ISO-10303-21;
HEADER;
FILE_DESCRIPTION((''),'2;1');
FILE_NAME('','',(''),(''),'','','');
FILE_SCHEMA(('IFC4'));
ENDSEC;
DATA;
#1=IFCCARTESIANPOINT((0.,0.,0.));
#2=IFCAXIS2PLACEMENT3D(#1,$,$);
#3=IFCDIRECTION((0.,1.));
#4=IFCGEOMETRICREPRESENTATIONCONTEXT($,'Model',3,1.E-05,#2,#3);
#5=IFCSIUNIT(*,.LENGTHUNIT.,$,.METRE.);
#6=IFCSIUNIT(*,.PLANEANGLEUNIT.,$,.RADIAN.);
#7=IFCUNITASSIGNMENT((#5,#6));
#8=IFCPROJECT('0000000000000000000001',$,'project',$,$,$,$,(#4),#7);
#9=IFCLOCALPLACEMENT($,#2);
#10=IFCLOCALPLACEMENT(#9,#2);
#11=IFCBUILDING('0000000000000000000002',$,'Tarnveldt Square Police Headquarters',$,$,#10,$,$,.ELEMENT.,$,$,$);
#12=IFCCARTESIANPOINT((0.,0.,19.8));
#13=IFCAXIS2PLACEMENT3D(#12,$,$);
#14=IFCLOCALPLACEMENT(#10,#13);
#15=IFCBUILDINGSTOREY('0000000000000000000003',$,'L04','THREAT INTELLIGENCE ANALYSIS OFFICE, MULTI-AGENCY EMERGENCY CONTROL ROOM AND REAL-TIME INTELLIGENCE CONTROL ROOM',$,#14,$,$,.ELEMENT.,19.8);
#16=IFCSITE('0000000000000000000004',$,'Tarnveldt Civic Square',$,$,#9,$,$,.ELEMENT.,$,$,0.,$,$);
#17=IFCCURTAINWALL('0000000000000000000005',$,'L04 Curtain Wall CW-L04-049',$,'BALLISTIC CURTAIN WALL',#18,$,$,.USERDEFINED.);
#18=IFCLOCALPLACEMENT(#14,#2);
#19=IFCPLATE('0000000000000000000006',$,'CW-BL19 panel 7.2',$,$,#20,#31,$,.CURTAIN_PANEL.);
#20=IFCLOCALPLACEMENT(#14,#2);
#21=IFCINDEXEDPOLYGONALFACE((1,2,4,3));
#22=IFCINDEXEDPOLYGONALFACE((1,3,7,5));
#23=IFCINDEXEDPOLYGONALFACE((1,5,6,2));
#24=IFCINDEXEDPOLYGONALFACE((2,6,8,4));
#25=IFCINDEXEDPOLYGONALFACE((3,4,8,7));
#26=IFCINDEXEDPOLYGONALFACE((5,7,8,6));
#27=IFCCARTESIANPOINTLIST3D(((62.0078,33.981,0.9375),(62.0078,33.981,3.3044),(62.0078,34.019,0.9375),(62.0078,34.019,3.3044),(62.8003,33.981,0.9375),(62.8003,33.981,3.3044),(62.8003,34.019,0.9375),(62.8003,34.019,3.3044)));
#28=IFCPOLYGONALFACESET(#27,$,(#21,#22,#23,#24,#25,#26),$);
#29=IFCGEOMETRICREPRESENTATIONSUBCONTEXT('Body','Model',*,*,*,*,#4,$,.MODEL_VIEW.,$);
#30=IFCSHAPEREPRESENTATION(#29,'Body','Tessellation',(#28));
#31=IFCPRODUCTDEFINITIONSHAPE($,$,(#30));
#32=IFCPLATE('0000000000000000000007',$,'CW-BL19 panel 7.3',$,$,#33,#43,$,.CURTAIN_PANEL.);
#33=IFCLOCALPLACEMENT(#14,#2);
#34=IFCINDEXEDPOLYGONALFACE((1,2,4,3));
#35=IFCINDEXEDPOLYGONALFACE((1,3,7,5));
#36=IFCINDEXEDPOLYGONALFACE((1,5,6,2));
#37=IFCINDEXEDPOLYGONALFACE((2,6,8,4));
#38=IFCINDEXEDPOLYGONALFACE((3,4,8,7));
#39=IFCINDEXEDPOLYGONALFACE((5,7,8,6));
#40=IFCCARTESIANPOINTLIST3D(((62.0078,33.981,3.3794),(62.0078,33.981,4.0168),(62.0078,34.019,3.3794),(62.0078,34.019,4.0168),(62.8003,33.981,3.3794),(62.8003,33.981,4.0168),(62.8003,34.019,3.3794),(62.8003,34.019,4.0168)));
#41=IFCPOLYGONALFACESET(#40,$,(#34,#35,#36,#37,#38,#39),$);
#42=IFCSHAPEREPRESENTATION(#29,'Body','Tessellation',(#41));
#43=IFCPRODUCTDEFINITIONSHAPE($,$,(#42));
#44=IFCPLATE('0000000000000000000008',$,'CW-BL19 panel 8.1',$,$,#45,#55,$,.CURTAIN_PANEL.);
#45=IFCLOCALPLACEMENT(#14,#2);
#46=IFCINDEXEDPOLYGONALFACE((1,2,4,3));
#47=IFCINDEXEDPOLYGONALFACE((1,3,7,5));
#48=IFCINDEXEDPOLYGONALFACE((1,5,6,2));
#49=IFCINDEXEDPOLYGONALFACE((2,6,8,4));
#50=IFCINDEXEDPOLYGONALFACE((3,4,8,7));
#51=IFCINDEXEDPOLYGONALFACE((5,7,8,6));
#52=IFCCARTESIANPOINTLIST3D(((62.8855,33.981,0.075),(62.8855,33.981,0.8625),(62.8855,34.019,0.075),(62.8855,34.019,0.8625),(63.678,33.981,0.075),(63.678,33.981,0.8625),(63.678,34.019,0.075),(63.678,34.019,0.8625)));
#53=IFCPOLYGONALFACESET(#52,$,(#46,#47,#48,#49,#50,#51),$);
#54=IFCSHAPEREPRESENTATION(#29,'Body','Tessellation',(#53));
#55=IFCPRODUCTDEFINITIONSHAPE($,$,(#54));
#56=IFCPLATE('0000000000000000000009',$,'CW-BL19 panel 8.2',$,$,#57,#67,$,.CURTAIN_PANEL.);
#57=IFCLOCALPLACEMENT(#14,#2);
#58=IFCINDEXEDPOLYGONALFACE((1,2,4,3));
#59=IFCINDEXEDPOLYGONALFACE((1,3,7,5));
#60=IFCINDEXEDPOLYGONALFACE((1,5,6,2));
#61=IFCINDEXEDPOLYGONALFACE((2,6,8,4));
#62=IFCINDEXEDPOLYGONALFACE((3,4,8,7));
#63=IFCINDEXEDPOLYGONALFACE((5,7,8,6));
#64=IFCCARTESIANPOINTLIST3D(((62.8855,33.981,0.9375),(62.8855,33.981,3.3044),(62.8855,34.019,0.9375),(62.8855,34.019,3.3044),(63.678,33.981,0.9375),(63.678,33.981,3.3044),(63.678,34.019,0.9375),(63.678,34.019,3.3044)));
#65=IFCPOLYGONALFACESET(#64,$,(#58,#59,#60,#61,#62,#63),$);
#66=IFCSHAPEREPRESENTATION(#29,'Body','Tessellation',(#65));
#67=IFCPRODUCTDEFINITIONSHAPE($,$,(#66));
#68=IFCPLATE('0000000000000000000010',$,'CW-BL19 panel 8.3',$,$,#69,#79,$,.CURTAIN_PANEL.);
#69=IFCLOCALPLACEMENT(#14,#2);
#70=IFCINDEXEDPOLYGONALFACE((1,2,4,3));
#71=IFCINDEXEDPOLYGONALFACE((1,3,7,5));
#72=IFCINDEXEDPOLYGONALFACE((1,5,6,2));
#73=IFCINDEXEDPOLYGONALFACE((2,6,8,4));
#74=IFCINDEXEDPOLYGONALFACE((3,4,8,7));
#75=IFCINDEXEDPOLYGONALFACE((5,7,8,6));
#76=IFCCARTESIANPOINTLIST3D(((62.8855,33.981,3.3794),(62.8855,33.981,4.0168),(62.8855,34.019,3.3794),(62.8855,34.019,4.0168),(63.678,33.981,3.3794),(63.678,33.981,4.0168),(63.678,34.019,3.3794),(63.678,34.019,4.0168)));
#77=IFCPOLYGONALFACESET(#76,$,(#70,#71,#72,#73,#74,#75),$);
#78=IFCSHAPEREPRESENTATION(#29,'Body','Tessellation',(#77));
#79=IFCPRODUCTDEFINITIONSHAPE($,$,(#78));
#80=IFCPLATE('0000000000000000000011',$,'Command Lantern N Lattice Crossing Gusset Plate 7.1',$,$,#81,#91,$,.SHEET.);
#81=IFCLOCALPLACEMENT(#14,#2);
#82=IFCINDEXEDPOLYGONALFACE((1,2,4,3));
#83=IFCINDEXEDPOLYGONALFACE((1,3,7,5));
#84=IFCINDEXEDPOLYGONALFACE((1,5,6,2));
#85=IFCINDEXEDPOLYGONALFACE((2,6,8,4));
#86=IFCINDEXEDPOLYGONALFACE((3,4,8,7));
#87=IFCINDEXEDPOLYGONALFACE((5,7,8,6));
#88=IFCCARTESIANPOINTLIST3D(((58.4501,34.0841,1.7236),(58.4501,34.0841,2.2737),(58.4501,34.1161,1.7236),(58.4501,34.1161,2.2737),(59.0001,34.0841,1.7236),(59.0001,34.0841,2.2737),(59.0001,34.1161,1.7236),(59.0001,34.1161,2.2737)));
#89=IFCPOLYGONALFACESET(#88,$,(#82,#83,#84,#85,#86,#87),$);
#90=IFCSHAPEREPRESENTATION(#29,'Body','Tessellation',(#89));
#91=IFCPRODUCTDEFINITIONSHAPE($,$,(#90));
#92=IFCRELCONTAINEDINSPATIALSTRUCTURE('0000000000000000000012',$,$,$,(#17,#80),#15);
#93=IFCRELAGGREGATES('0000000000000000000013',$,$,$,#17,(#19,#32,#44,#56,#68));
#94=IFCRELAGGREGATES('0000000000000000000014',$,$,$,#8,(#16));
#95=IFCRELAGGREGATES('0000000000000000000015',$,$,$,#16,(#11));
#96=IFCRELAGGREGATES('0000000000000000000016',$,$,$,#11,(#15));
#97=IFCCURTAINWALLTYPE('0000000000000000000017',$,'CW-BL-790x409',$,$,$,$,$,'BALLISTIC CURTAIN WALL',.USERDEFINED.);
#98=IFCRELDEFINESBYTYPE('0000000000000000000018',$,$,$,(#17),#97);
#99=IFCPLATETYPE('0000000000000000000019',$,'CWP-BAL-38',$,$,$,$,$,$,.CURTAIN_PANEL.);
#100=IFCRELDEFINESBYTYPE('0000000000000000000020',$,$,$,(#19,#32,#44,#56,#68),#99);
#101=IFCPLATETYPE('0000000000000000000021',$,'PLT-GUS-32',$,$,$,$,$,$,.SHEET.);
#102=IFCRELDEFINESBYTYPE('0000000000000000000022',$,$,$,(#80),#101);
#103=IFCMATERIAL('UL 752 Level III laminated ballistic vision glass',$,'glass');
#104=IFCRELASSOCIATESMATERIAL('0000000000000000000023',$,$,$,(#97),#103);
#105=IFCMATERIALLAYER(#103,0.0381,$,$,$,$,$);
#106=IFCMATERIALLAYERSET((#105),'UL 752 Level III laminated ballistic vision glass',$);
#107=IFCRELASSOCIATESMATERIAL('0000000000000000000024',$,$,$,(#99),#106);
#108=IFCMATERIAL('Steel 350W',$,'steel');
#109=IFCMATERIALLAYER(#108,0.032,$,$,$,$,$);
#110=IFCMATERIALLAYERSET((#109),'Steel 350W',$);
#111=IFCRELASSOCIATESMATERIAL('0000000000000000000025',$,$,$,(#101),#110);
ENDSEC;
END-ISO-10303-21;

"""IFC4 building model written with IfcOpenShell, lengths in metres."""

from ifc_helpers import new_model, si_unit, direction, frame, origin, origin_2d, place, context, subcontext, project, spatial, rectangle, extrude, material, layer, layer_set, type_object, element, aggregate, save


model = new_model("IFC4")

# Units and contexts
model_context = context("Model", 3, precision=1e-05, world=origin(), true_north=direction((0.0, 1.0)))
body_context = subcontext(model_context, "Body", "Model", "MODEL_VIEW")
ifc_project = project(units=[si_unit("LENGTHUNIT", "METRE"), si_unit("PLANEANGLEUNIT", "RADIAN")], contexts=[model_context])

# Site, building, storey
site_placement = place(None, origin())
site = spatial("IfcSite", under=ifc_project, at=site_placement, Name="Tarnveldt Civic Square", CompositionType="ELEMENT", RefElevation=0.0)
building_placement = place(site_placement, origin())
building = spatial("IfcBuilding", under=site, at=building_placement, Name="Tarnveldt Square Police Headquarters", CompositionType="ELEMENT")
storey_placement = place(building_placement, frame((0.0, 0.0, 19.8)))
storey = spatial("IfcBuildingStorey", under=building, at=storey_placement, Name="L04", Description="THREAT INTELLIGENCE ANALYSIS OFFICE, MULTI-AGENCY EMERGENCY CONTROL ROOM AND REAL-TIME INTELLIGENCE CONTROL ROOM", CompositionType="ELEMENT", Elevation=19.8)

# Shared definitions
ifc_material_1 = material(Name="Steel 350W", Category="steel")

# Curtain wall
ifc_material_2 = material(Name="UL 752 Level III laminated ballistic vision glass", Category="glass")
curtain_wall_type = type_object("IfcCurtainWallType", Name="CW-BL-790x409", ElementType="BALLISTIC CURTAIN WALL", PredefinedType="USERDEFINED", material=ifc_material_2)
curtain_wall_placement = place(storey_placement, origin())
curtain_wall = element("IfcCurtainWall", 1, at=curtain_wall_placement, inside=storey, type_object=curtain_wall_type, Name="L04 Curtain Wall CW-L04-049", ObjectType="BALLISTIC CURTAIN WALL", PredefinedType="USERDEFINED")

# Plates
ifc_layer_1 = layer(ifc_material_2, 0.0381)
ifc_layer_set_1 = layer_set([ifc_layer_1], Name="UL 752 Level III laminated ballistic vision glass")
plate_type_1 = type_object("IfcPlateType", Name="CWP-BAL-38", PredefinedType="CURTAIN_PANEL", material=ifc_layer_set_1)
plate_1_placement = place(storey_placement, frame((62.4041, 34.0, 0.9375), z_axis=(0.0, 0.0, 1.0), x_axis=(1.0, 0.0, 0.0)))
plate_1 = element("IfcPlate", 2, at=plate_1_placement, type_object=plate_type_1, Name="CW-BL19 panel 7.2", PredefinedType="CURTAIN_PANEL", context=body_context, shape_type="SweptSolid", body=[
    extrude(rectangle(XDim=0.7925, YDim=0.0381, at=origin_2d()), origin(), (0.0, 0.0, 1.0), 2.3669),
])
plate_2_placement = place(storey_placement, frame((62.4041, 34.0, 3.3794), z_axis=(0.0, 0.0, 1.0), x_axis=(1.0, 0.0, 0.0)))
plate_2 = element("IfcPlate", 3, at=plate_2_placement, type_object=plate_type_1, Name="CW-BL19 panel 7.3", PredefinedType="CURTAIN_PANEL", context=body_context, shape_type="SweptSolid", body=[
    extrude(rectangle(XDim=0.7925, YDim=0.0381, at=origin_2d()), origin(), (0.0, 0.0, 1.0), 0.6375),
])
plate_3_placement = place(storey_placement, frame((63.2817, 34.0, 0.075), z_axis=(0.0, 0.0, 1.0), x_axis=(1.0, 0.0, 0.0)))
plate_3 = element("IfcPlate", 4, at=plate_3_placement, type_object=plate_type_1, Name="CW-BL19 panel 8.1", PredefinedType="CURTAIN_PANEL", context=body_context, shape_type="SweptSolid", body=[
    extrude(rectangle(XDim=0.7925, YDim=0.0381, at=origin_2d()), origin(), (0.0, 0.0, 1.0), 0.7876),
])
plate_4_placement = place(storey_placement, frame((63.2817, 34.0, 0.9375), z_axis=(0.0, 0.0, 1.0), x_axis=(1.0, 0.0, 0.0)))
plate_4 = element("IfcPlate", 5, at=plate_4_placement, type_object=plate_type_1, Name="CW-BL19 panel 8.2", PredefinedType="CURTAIN_PANEL", context=body_context, shape_type="SweptSolid", body=[
    extrude(rectangle(XDim=0.7925, YDim=0.0381, at=origin_2d()), origin(), (0.0, 0.0, 1.0), 2.3669),
])
plate_5_placement = place(storey_placement, frame((63.2817, 34.0, 3.3794), z_axis=(0.0, 0.0, 1.0), x_axis=(1.0, 0.0, 0.0)))
plate_5 = element("IfcPlate", 6, at=plate_5_placement, type_object=plate_type_1, Name="CW-BL19 panel 8.3", PredefinedType="CURTAIN_PANEL", context=body_context, shape_type="SweptSolid", body=[
    extrude(rectangle(XDim=0.7925, YDim=0.0381, at=origin_2d()), origin(), (0.0, 0.0, 1.0), 0.6375),
])
aggregate(curtain_wall, [plate_1, plate_2, plate_3, plate_4, plate_5])
ifc_layer_2 = layer(ifc_material_1, 0.032)
ifc_layer_set_2 = layer_set([ifc_layer_2], Name="Steel 350W")
plate_type_2 = type_object("IfcPlateType", Name="PLT-GUS-32", PredefinedType="SHEET", material=ifc_layer_set_2)
plate_6_placement = place(storey_placement, frame((58.7251, 34.1001, 1.7236), z_axis=(0.0, 0.0, 1.0), x_axis=(1.0, 0.0, 0.0)))
element("IfcPlate", 7, at=plate_6_placement, inside=storey, type_object=plate_type_2, Name="Command Lantern N Lattice Crossing Gusset Plate 7.1", PredefinedType="SHEET", context=body_context, shape_type="SweptSolid", body=[
    extrude(rectangle(XDim=0.55, YDim=0.032, at=origin_2d()), origin(), (0.0, 0.0, 1.0), 0.55),
])

save(model, "model.ifc")
